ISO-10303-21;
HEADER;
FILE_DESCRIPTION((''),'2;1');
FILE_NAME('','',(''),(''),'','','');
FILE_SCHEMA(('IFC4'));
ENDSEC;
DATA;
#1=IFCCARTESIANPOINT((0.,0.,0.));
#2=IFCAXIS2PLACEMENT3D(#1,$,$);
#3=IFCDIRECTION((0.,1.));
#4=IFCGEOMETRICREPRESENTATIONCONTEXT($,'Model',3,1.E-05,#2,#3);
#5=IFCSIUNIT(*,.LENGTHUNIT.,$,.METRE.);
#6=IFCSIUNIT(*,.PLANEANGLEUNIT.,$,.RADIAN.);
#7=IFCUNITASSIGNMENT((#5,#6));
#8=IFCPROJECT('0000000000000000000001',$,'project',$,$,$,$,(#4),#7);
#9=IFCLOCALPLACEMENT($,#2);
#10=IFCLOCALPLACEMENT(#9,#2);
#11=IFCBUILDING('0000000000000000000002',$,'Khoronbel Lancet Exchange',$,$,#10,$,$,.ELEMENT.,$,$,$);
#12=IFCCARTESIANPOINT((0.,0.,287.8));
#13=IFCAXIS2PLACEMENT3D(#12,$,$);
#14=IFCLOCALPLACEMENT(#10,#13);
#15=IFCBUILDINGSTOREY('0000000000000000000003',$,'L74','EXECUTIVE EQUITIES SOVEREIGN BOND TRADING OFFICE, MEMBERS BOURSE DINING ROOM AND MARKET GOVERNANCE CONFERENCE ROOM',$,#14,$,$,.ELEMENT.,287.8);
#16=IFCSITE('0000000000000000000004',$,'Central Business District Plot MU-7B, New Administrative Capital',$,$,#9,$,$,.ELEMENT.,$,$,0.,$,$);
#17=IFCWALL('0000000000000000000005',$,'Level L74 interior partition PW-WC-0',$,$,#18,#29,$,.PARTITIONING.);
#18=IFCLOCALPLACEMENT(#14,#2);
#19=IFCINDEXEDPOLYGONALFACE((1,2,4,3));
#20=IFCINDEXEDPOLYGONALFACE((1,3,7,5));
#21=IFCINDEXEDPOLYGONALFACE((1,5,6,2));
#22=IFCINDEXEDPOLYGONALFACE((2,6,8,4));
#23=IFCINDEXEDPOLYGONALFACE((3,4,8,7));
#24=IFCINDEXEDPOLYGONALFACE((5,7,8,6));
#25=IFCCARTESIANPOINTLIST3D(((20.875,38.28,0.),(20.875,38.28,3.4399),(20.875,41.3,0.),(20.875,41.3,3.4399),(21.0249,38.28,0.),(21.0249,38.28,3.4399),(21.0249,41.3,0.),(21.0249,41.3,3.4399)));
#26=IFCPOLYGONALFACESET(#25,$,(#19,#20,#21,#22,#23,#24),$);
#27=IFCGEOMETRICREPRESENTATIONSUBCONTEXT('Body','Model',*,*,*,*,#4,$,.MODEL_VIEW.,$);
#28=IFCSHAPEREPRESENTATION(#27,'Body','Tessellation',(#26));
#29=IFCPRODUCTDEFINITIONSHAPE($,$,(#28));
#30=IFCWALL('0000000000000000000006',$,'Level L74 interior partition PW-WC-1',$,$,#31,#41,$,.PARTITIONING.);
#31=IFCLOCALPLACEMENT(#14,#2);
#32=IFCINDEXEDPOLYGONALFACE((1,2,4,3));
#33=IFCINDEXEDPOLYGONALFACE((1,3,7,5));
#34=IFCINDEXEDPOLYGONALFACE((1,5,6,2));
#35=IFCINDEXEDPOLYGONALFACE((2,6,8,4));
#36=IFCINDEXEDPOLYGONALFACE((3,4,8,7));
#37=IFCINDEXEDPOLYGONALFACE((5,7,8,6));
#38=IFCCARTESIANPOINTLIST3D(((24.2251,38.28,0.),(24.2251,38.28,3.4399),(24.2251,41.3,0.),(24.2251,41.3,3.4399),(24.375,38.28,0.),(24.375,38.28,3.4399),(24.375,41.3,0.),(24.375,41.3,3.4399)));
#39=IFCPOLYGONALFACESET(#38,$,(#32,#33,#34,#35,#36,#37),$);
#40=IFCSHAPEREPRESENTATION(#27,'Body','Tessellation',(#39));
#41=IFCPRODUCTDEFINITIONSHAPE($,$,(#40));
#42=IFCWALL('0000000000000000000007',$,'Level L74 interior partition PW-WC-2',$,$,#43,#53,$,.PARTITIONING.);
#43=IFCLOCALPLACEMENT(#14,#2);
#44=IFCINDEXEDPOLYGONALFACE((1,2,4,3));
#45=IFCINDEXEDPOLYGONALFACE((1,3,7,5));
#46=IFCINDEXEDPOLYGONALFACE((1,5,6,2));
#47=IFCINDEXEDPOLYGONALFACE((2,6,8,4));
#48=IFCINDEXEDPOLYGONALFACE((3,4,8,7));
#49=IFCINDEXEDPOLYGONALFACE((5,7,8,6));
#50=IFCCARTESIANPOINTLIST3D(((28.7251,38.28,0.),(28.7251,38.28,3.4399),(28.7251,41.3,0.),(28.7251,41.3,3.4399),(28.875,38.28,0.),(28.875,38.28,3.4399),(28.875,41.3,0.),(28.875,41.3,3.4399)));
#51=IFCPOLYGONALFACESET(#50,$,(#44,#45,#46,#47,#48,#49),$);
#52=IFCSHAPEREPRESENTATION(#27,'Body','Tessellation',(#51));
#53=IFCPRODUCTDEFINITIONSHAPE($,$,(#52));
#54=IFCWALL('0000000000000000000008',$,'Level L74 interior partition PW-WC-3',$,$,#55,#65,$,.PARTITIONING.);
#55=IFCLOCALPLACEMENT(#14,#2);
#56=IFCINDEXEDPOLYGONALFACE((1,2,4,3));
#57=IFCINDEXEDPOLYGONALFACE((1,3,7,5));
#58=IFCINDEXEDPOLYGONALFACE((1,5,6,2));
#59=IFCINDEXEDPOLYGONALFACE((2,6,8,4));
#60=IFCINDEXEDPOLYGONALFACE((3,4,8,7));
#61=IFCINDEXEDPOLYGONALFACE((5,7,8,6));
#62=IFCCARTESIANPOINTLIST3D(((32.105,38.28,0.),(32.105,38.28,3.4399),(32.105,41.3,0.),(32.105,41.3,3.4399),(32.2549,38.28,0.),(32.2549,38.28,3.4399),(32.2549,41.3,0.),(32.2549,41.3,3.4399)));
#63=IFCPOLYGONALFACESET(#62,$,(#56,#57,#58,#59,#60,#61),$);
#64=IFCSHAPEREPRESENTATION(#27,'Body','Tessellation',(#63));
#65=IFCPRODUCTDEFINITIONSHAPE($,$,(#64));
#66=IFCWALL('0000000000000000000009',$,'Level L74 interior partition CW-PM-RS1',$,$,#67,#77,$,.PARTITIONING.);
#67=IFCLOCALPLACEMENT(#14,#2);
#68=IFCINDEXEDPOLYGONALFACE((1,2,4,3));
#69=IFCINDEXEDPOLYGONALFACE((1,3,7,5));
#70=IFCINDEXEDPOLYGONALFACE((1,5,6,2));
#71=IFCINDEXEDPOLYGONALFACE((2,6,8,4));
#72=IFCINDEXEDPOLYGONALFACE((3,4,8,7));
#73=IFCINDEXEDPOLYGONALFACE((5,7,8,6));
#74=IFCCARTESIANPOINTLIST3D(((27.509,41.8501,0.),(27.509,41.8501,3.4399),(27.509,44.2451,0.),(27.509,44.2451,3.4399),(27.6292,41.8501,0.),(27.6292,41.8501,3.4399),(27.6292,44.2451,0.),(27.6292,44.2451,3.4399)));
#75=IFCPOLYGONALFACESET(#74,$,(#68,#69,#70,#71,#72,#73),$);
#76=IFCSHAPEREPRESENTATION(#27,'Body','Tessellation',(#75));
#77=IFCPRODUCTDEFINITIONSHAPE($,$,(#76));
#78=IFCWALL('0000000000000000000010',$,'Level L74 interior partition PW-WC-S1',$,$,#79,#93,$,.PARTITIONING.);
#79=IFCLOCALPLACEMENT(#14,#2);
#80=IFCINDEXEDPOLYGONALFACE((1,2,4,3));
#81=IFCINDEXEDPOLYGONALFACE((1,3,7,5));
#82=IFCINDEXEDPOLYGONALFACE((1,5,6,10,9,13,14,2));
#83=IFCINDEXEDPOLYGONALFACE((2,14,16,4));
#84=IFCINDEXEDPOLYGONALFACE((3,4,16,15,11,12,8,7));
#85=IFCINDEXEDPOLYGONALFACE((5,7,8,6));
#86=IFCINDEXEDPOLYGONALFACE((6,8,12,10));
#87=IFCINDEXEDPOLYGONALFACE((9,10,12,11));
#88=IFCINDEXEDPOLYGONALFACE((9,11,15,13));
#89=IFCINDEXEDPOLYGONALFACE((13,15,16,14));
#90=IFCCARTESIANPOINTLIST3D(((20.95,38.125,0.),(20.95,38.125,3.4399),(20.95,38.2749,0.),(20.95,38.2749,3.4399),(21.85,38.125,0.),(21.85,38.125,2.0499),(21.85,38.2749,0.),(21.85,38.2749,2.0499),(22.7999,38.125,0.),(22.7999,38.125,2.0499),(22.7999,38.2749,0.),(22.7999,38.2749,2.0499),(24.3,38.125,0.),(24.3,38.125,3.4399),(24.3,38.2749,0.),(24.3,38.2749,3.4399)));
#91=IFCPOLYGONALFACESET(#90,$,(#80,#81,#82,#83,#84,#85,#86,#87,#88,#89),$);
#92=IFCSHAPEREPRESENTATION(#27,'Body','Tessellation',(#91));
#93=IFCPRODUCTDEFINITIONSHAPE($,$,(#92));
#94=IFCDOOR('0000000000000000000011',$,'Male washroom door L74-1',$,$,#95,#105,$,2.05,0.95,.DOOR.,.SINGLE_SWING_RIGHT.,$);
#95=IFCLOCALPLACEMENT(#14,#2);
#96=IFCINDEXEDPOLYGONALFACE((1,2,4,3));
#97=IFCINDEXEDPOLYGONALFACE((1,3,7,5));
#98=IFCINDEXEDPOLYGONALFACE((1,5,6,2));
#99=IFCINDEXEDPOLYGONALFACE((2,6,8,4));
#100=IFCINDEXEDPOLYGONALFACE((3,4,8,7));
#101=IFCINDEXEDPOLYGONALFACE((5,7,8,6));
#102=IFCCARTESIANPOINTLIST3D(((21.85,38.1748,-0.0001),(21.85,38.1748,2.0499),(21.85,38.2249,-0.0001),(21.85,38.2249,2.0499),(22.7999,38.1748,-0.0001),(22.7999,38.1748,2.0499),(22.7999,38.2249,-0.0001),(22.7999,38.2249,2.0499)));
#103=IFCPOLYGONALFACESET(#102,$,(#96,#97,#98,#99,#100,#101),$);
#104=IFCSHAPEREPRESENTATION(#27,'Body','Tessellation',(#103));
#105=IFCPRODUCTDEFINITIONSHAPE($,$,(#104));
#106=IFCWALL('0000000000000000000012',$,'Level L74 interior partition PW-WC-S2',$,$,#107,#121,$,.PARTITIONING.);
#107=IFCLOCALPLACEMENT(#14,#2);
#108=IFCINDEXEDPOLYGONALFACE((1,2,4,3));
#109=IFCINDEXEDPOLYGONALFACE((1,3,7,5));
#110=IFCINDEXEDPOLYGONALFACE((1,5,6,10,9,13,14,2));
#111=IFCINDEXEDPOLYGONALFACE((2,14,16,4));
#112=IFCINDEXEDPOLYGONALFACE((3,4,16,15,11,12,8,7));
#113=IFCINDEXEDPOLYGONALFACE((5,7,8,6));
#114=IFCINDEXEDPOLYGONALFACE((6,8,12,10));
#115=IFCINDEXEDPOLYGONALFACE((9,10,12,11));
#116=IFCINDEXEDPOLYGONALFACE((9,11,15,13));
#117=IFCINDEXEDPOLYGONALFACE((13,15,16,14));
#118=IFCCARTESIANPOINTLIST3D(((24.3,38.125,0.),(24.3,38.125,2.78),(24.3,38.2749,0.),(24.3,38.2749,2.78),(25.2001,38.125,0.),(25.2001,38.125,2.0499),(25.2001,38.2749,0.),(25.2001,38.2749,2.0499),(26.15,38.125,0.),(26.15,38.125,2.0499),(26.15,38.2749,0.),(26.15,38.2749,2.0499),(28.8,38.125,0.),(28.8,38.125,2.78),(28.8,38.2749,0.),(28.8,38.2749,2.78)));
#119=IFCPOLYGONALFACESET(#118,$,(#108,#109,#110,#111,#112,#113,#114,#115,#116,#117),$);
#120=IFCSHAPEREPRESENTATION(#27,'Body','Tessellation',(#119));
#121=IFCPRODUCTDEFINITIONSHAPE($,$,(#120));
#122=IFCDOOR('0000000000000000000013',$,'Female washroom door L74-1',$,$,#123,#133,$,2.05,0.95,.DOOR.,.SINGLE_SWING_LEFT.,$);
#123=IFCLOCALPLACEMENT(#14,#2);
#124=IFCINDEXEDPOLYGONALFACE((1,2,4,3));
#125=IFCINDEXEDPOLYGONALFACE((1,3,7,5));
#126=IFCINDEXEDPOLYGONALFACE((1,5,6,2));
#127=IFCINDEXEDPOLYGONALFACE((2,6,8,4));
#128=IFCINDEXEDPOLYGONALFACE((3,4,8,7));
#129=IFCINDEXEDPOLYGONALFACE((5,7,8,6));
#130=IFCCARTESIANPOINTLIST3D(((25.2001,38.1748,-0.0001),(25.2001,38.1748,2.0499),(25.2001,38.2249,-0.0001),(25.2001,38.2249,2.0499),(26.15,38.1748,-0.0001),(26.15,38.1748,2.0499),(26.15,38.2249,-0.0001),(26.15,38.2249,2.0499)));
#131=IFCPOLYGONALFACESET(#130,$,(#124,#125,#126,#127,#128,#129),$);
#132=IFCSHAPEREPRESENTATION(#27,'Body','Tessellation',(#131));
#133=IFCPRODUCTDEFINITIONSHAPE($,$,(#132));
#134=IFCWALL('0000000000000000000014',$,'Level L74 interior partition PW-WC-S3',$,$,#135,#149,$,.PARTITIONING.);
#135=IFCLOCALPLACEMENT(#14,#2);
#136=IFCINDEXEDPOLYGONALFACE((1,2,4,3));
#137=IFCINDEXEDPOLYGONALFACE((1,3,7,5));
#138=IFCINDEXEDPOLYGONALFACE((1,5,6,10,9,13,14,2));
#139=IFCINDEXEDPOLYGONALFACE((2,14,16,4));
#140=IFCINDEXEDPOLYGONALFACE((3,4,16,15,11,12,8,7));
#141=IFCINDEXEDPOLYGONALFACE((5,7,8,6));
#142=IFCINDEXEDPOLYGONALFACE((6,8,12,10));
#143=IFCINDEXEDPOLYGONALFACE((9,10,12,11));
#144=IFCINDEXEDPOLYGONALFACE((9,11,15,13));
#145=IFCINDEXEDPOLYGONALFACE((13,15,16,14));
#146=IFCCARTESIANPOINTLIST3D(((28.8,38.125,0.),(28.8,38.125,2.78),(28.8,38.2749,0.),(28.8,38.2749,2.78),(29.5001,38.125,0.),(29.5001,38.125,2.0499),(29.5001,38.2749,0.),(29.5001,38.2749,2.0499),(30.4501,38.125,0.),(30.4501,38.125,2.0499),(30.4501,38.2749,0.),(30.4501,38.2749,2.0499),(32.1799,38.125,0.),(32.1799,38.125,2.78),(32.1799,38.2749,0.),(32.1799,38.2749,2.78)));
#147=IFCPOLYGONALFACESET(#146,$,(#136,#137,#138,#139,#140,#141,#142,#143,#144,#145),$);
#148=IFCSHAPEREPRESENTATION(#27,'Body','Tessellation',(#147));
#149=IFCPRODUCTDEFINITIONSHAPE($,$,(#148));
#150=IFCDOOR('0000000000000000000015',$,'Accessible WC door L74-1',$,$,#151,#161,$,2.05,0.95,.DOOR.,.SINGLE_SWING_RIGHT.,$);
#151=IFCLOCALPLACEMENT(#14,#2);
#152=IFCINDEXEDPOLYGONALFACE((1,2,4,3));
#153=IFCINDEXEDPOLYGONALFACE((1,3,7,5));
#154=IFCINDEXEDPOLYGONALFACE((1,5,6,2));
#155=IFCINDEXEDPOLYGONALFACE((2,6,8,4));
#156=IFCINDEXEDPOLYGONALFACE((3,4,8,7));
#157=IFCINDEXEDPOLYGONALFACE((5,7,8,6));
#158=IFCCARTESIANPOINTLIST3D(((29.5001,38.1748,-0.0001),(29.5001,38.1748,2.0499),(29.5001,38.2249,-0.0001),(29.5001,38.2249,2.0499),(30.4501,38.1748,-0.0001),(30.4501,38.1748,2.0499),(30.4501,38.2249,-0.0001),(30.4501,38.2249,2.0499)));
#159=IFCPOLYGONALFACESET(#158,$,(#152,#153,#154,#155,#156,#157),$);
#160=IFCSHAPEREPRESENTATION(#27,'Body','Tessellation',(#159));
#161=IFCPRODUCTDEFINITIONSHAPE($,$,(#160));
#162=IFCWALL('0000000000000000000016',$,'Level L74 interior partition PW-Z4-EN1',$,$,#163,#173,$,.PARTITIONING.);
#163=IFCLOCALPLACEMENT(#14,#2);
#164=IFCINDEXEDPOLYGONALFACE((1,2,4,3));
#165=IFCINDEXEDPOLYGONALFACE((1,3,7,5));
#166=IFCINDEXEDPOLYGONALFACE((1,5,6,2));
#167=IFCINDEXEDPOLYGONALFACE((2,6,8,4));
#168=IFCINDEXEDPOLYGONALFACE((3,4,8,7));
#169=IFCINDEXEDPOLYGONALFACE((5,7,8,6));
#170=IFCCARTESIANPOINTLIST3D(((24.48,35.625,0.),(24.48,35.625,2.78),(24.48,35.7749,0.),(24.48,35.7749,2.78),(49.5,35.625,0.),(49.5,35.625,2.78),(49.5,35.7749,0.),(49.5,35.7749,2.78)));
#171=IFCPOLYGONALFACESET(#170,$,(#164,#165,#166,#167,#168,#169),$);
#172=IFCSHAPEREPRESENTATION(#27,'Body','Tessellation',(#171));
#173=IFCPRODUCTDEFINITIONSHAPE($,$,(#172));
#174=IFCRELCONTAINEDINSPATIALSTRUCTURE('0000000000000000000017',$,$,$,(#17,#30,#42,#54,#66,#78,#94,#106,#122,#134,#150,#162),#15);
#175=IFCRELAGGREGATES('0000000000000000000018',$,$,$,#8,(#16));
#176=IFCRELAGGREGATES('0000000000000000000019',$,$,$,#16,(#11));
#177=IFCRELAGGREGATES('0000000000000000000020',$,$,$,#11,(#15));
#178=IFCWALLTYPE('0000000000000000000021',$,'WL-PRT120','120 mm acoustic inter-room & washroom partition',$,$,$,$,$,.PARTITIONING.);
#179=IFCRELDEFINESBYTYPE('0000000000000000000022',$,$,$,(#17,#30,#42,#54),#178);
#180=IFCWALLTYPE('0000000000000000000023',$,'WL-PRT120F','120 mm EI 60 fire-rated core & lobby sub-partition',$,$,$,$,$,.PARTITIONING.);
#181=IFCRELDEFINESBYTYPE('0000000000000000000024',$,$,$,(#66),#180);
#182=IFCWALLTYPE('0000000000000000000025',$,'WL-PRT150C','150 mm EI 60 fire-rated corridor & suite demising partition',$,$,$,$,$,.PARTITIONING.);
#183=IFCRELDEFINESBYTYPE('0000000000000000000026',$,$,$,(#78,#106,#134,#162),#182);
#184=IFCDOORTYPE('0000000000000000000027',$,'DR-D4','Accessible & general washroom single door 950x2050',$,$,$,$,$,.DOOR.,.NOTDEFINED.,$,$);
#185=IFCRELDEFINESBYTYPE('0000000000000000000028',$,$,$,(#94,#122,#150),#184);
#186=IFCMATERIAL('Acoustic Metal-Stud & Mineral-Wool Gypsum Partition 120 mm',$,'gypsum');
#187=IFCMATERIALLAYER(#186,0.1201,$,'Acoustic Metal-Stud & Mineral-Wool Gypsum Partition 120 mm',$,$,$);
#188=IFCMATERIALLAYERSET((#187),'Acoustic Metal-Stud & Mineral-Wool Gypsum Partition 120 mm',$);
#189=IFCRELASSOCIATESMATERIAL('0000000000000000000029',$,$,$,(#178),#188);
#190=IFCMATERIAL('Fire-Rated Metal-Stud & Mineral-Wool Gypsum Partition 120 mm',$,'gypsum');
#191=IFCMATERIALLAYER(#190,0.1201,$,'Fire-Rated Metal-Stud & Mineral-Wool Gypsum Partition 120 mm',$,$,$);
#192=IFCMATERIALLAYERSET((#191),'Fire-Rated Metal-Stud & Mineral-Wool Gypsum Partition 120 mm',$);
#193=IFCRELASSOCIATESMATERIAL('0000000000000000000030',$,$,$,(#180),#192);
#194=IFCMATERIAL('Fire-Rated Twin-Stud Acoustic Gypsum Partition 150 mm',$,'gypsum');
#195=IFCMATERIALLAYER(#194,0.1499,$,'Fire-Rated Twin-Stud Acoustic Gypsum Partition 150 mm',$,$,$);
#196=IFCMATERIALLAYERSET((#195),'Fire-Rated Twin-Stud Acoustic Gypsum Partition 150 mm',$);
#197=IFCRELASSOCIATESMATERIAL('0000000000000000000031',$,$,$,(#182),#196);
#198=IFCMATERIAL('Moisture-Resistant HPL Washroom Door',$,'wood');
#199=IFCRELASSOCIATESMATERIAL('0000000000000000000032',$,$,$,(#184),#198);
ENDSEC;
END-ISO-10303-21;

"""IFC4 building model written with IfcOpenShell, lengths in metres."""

from ifc_helpers import new_model, si_unit, direction, frame, frame_2d, origin, place, context, subcontext, project, spatial, rectangle, extrude, material, layer, layer_set, type_object, element, fill, save


model = new_model("IFC4")

# Units and contexts
model_context = context("Model", 3, precision=1e-05, world=origin(), true_north=direction((0.0, 1.0)))
body_context = subcontext(model_context, "Body", "Model", "MODEL_VIEW")
ifc_project = project(units=[si_unit("LENGTHUNIT", "METRE"), si_unit("PLANEANGLEUNIT", "RADIAN")], contexts=[model_context])

# Site, building, storey
site_placement = place(None, origin())
site = spatial("IfcSite", under=ifc_project, at=site_placement, Name="Central Business District Plot MU-7B, New Administrative Capital", CompositionType="ELEMENT", RefElevation=0.0)
building_placement = place(site_placement, origin())
building = spatial("IfcBuilding", under=site, at=building_placement, Name="Khoronbel Lancet Exchange", CompositionType="ELEMENT")
storey_placement = place(building_placement, frame((0.0, 0.0, 287.8)))
storey = spatial("IfcBuildingStorey", under=building, at=storey_placement, Name="L74", Description="EXECUTIVE EQUITIES SOVEREIGN BOND TRADING OFFICE, MEMBERS BOURSE DINING ROOM AND MARKET GOVERNANCE CONFERENCE ROOM", CompositionType="ELEMENT", Elevation=287.8)

# Walls
ifc_material_1 = material(Name="Acoustic Metal-Stud & Mineral-Wool Gypsum Partition 120 mm", Category="gypsum")
ifc_layer_1 = layer(ifc_material_1, 0.1201, Name="Acoustic Metal-Stud & Mineral-Wool Gypsum Partition 120 mm")
ifc_layer_set_1 = layer_set([ifc_layer_1], Name="Acoustic Metal-Stud & Mineral-Wool Gypsum Partition 120 mm")
wall_type_1 = type_object("IfcWallType", Name="WL-PRT120", Description="120 mm acoustic inter-room & washroom partition", PredefinedType="PARTITIONING", material=ifc_layer_set_1)
for number, where, z_axis, x_axis, name in (
    (1, (20.95, 38.28, 0.0), (0.0, 0.0, 1.0), (0.0, 1.0, 0.0), "Level L74 interior partition PW-WC-0"),
    (2, (24.3, 38.28, 0.0), (0.0, 0.0, 1.0), (0.0, 1.0, 0.0), "Level L74 interior partition PW-WC-1"),
    (3, (28.8, 38.28, 0.0), (0.0, 0.0, 1.0), (0.0, 1.0, 0.0), "Level L74 interior partition PW-WC-2"),
    (4, (32.1799, 38.28, 0.0), (0.0, 0.0, 1.0), (0.0, 1.0, 0.0), "Level L74 interior partition PW-WC-3"),
):
    element("IfcWall", number, at=place(storey_placement, frame(where, z_axis=z_axis, x_axis=x_axis)), inside=storey, type_object=wall_type_1, Name=name, PredefinedType="PARTITIONING", context=body_context, shape_type="SweptSolid", body=[
        extrude(rectangle(XDim=3.02, YDim=0.1499, at=frame_2d((1.51, 0.0))), origin(), (0.0, 0.0, 1.0), 3.4399),
    ])
ifc_material_2 = material(Name="Fire-Rated Metal-Stud & Mineral-Wool Gypsum Partition 120 mm", Category="gypsum")
ifc_layer_2 = layer(ifc_material_2, 0.1201, Name="Fire-Rated Metal-Stud & Mineral-Wool Gypsum Partition 120 mm")
ifc_layer_set_2 = layer_set([ifc_layer_2], Name="Fire-Rated Metal-Stud & Mineral-Wool Gypsum Partition 120 mm")
wall_type_2 = type_object("IfcWallType", Name="WL-PRT120F", Description="120 mm EI 60 fire-rated core & lobby sub-partition", PredefinedType="PARTITIONING", material=ifc_layer_set_2)
wall_1_placement = place(storey_placement, frame((27.5691, 41.8501, 0.0), z_axis=(0.0, 0.0, 1.0), x_axis=(0.0, 1.0, 0.0)))
element("IfcWall", 5, at=wall_1_placement, inside=storey, type_object=wall_type_2, Name="Level L74 interior partition CW-PM-RS1", PredefinedType="PARTITIONING", context=body_context, shape_type="SweptSolid", body=[
    extrude(rectangle(XDim=2.395, YDim=0.1201, at=frame_2d((1.1975, 0.0))), origin(), (0.0, 0.0, 1.0), 3.4399),
])

# Walls, openings, doors
ifc_material_3 = material(Name="Fire-Rated Twin-Stud Acoustic Gypsum Partition 150 mm", Category="gypsum")
ifc_layer_3 = layer(ifc_material_3, 0.1499, Name="Fire-Rated Twin-Stud Acoustic Gypsum Partition 150 mm")
ifc_layer_set_3 = layer_set([ifc_layer_3], Name="Fire-Rated Twin-Stud Acoustic Gypsum Partition 150 mm")
wall_type_3 = type_object("IfcWallType", Name="WL-PRT150C", Description="150 mm EI 60 fire-rated corridor & suite demising partition", PredefinedType="PARTITIONING", material=ifc_layer_set_3)
wall_2_placement = place(storey_placement, frame((20.95, 38.2, 0.0), z_axis=(0.0, 0.0, 1.0), x_axis=(1.0, 0.0, 0.0)))
wall_2 = element("IfcWall", 6, at=wall_2_placement, inside=storey, type_object=wall_type_3, Name="Level L74 interior partition PW-WC-S1", PredefinedType="PARTITIONING", context=body_context, shape_type="SweptSolid", body=[
    extrude(rectangle(XDim=3.3501, YDim=0.1499, at=frame_2d((1.675, 0.0))), origin(), (0.0, 0.0, 1.0), 3.4399),
])
opening_1_placement = place(wall_2_placement, frame((0.8999, 0.0, 0.0)))
opening_1 = element("IfcOpeningElement", 7, at=opening_1_placement, cuts=wall_2, PredefinedType="OPENING", context=body_context, shape_type="SweptSolid", body=[
    extrude(rectangle(XDim=0.95, YDim=2.05, at=frame_2d((0.4751, 1.0249))), frame((0.0, 0.085, 0.0), z_axis=(0.0, -1.0, 0.0), x_axis=(1.0, 0.0, 0.0)), (0.0, 0.0, 1.0), 0.1699),
])
ifc_material_4 = material(Name="Moisture-Resistant HPL Washroom Door", Category="wood")
door_type_1 = type_object("IfcDoorType", Name="DR-D4", Description="Accessible & general washroom single door 950x2050", OperationType="NOTDEFINED", PredefinedType="DOOR", material=ifc_material_4)
door_1_placement = place(opening_1_placement, origin())
door_1 = element("IfcDoor", 8, at=door_1_placement, inside=storey, type_object=door_type_1, Name="Male washroom door L74-1", OperationType="SINGLE_SWING_RIGHT", OverallHeight=2.05, OverallWidth=0.95, PredefinedType="DOOR", context=body_context, shape_type="SweptSolid", body=[
    extrude(rectangle(XDim=0.95, YDim=2.05, at=frame_2d((0.4751, 1.0249))), frame((0.0, 0.0249, 0.0), z_axis=(0.0, -1.0, 0.0), x_axis=(1.0, 0.0, 0.0)), (0.0, 0.0, 1.0), 0.05),
])
fill(opening_1, door_1)
wall_3_placement = place(storey_placement, frame((24.3, 38.2, 0.0), z_axis=(0.0, 0.0, 1.0), x_axis=(1.0, 0.0, 0.0)))
wall_3 = element("IfcWall", 9, at=wall_3_placement, inside=storey, type_object=wall_type_3, Name="Level L74 interior partition PW-WC-S2", PredefinedType="PARTITIONING", context=body_context, shape_type="SweptSolid", body=[
    extrude(rectangle(XDim=4.5, YDim=0.1499, at=frame_2d((2.25, 0.0))), origin(), (0.0, 0.0, 1.0), 2.78),
])
opening_2_placement = place(wall_3_placement, frame((0.8999, 0.0, 0.0)))
opening_2 = element("IfcOpeningElement", 10, at=opening_2_placement, cuts=wall_3, PredefinedType="OPENING", context=body_context, shape_type="SweptSolid", body=[
    extrude(rectangle(XDim=0.95, YDim=2.05, at=frame_2d((0.4751, 1.0249))), frame((0.0, 0.085, 0.0), z_axis=(0.0, -1.0, 0.0), x_axis=(1.0, 0.0, 0.0)), (0.0, 0.0, 1.0), 0.1699),
])
door_2_placement = place(opening_2_placement, origin())
door_2 = element("IfcDoor", 11, at=door_2_placement, inside=storey, type_object=door_type_1, Name="Female washroom door L74-1", OperationType="SINGLE_SWING_LEFT", OverallHeight=2.05, OverallWidth=0.95, PredefinedType="DOOR", context=body_context, shape_type="SweptSolid", body=[
    extrude(rectangle(XDim=0.95, YDim=2.05, at=frame_2d((0.4751, 1.0249))), frame((0.0, 0.0249, 0.0), z_axis=(0.0, -1.0, 0.0), x_axis=(1.0, 0.0, 0.0)), (0.0, 0.0, 1.0), 0.05),
])
fill(opening_2, door_2)
wall_4_placement = place(storey_placement, frame((28.8, 38.2, 0.0), z_axis=(0.0, 0.0, 1.0), x_axis=(1.0, 0.0, 0.0)))
wall_4 = element("IfcWall", 12, at=wall_4_placement, inside=storey, type_object=wall_type_3, Name="Level L74 interior partition PW-WC-S3", PredefinedType="PARTITIONING", context=body_context, shape_type="SweptSolid", body=[
    extrude(rectangle(XDim=3.3799, YDim=0.1499, at=frame_2d((1.6899, 0.0))), origin(), (0.0, 0.0, 1.0), 2.78),
])
opening_3_placement = place(wall_4_placement, frame((0.7, 0.0, 0.0)))
opening_3 = element("IfcOpeningElement", 13, at=opening_3_placement, cuts=wall_4, PredefinedType="OPENING", context=body_context, shape_type="SweptSolid", body=[
    extrude(rectangle(XDim=0.95, YDim=2.05, at=frame_2d((0.4751, 1.0249))), frame((0.0, 0.085, 0.0), z_axis=(0.0, -1.0, 0.0), x_axis=(1.0, 0.0, 0.0)), (0.0, 0.0, 1.0), 0.1699),
])
door_3_placement = place(opening_3_placement, origin())
door_3 = element("IfcDoor", 14, at=door_3_placement, inside=storey, type_object=door_type_1, Name="Accessible WC door L74-1", OperationType="SINGLE_SWING_RIGHT", OverallHeight=2.05, OverallWidth=0.95, PredefinedType="DOOR", context=body_context, shape_type="SweptSolid", body=[
    extrude(rectangle(XDim=0.95, YDim=2.05, at=frame_2d((0.4751, 1.0249))), frame((0.0, 0.0249, 0.0), z_axis=(0.0, -1.0, 0.0), x_axis=(1.0, 0.0, 0.0)), (0.0, 0.0, 1.0), 0.05),
])
fill(opening_3, door_3)

# Wall
wall_5_placement = place(storey_placement, frame((24.48, 35.7, 0.0), z_axis=(0.0, 0.0, 1.0), x_axis=(1.0, 0.0, 0.0)))
element("IfcWall", 15, at=wall_5_placement, inside=storey, type_object=wall_type_3, Name="Level L74 interior partition PW-Z4-EN1", PredefinedType="PARTITIONING", context=body_context, shape_type="SweptSolid", body=[
    extrude(rectangle(XDim=25.02, YDim=0.1499, at=frame_2d((12.51, 0.0))), origin(), (0.0, 0.0, 1.0), 2.78),
])

save(model, "model.ifc")
